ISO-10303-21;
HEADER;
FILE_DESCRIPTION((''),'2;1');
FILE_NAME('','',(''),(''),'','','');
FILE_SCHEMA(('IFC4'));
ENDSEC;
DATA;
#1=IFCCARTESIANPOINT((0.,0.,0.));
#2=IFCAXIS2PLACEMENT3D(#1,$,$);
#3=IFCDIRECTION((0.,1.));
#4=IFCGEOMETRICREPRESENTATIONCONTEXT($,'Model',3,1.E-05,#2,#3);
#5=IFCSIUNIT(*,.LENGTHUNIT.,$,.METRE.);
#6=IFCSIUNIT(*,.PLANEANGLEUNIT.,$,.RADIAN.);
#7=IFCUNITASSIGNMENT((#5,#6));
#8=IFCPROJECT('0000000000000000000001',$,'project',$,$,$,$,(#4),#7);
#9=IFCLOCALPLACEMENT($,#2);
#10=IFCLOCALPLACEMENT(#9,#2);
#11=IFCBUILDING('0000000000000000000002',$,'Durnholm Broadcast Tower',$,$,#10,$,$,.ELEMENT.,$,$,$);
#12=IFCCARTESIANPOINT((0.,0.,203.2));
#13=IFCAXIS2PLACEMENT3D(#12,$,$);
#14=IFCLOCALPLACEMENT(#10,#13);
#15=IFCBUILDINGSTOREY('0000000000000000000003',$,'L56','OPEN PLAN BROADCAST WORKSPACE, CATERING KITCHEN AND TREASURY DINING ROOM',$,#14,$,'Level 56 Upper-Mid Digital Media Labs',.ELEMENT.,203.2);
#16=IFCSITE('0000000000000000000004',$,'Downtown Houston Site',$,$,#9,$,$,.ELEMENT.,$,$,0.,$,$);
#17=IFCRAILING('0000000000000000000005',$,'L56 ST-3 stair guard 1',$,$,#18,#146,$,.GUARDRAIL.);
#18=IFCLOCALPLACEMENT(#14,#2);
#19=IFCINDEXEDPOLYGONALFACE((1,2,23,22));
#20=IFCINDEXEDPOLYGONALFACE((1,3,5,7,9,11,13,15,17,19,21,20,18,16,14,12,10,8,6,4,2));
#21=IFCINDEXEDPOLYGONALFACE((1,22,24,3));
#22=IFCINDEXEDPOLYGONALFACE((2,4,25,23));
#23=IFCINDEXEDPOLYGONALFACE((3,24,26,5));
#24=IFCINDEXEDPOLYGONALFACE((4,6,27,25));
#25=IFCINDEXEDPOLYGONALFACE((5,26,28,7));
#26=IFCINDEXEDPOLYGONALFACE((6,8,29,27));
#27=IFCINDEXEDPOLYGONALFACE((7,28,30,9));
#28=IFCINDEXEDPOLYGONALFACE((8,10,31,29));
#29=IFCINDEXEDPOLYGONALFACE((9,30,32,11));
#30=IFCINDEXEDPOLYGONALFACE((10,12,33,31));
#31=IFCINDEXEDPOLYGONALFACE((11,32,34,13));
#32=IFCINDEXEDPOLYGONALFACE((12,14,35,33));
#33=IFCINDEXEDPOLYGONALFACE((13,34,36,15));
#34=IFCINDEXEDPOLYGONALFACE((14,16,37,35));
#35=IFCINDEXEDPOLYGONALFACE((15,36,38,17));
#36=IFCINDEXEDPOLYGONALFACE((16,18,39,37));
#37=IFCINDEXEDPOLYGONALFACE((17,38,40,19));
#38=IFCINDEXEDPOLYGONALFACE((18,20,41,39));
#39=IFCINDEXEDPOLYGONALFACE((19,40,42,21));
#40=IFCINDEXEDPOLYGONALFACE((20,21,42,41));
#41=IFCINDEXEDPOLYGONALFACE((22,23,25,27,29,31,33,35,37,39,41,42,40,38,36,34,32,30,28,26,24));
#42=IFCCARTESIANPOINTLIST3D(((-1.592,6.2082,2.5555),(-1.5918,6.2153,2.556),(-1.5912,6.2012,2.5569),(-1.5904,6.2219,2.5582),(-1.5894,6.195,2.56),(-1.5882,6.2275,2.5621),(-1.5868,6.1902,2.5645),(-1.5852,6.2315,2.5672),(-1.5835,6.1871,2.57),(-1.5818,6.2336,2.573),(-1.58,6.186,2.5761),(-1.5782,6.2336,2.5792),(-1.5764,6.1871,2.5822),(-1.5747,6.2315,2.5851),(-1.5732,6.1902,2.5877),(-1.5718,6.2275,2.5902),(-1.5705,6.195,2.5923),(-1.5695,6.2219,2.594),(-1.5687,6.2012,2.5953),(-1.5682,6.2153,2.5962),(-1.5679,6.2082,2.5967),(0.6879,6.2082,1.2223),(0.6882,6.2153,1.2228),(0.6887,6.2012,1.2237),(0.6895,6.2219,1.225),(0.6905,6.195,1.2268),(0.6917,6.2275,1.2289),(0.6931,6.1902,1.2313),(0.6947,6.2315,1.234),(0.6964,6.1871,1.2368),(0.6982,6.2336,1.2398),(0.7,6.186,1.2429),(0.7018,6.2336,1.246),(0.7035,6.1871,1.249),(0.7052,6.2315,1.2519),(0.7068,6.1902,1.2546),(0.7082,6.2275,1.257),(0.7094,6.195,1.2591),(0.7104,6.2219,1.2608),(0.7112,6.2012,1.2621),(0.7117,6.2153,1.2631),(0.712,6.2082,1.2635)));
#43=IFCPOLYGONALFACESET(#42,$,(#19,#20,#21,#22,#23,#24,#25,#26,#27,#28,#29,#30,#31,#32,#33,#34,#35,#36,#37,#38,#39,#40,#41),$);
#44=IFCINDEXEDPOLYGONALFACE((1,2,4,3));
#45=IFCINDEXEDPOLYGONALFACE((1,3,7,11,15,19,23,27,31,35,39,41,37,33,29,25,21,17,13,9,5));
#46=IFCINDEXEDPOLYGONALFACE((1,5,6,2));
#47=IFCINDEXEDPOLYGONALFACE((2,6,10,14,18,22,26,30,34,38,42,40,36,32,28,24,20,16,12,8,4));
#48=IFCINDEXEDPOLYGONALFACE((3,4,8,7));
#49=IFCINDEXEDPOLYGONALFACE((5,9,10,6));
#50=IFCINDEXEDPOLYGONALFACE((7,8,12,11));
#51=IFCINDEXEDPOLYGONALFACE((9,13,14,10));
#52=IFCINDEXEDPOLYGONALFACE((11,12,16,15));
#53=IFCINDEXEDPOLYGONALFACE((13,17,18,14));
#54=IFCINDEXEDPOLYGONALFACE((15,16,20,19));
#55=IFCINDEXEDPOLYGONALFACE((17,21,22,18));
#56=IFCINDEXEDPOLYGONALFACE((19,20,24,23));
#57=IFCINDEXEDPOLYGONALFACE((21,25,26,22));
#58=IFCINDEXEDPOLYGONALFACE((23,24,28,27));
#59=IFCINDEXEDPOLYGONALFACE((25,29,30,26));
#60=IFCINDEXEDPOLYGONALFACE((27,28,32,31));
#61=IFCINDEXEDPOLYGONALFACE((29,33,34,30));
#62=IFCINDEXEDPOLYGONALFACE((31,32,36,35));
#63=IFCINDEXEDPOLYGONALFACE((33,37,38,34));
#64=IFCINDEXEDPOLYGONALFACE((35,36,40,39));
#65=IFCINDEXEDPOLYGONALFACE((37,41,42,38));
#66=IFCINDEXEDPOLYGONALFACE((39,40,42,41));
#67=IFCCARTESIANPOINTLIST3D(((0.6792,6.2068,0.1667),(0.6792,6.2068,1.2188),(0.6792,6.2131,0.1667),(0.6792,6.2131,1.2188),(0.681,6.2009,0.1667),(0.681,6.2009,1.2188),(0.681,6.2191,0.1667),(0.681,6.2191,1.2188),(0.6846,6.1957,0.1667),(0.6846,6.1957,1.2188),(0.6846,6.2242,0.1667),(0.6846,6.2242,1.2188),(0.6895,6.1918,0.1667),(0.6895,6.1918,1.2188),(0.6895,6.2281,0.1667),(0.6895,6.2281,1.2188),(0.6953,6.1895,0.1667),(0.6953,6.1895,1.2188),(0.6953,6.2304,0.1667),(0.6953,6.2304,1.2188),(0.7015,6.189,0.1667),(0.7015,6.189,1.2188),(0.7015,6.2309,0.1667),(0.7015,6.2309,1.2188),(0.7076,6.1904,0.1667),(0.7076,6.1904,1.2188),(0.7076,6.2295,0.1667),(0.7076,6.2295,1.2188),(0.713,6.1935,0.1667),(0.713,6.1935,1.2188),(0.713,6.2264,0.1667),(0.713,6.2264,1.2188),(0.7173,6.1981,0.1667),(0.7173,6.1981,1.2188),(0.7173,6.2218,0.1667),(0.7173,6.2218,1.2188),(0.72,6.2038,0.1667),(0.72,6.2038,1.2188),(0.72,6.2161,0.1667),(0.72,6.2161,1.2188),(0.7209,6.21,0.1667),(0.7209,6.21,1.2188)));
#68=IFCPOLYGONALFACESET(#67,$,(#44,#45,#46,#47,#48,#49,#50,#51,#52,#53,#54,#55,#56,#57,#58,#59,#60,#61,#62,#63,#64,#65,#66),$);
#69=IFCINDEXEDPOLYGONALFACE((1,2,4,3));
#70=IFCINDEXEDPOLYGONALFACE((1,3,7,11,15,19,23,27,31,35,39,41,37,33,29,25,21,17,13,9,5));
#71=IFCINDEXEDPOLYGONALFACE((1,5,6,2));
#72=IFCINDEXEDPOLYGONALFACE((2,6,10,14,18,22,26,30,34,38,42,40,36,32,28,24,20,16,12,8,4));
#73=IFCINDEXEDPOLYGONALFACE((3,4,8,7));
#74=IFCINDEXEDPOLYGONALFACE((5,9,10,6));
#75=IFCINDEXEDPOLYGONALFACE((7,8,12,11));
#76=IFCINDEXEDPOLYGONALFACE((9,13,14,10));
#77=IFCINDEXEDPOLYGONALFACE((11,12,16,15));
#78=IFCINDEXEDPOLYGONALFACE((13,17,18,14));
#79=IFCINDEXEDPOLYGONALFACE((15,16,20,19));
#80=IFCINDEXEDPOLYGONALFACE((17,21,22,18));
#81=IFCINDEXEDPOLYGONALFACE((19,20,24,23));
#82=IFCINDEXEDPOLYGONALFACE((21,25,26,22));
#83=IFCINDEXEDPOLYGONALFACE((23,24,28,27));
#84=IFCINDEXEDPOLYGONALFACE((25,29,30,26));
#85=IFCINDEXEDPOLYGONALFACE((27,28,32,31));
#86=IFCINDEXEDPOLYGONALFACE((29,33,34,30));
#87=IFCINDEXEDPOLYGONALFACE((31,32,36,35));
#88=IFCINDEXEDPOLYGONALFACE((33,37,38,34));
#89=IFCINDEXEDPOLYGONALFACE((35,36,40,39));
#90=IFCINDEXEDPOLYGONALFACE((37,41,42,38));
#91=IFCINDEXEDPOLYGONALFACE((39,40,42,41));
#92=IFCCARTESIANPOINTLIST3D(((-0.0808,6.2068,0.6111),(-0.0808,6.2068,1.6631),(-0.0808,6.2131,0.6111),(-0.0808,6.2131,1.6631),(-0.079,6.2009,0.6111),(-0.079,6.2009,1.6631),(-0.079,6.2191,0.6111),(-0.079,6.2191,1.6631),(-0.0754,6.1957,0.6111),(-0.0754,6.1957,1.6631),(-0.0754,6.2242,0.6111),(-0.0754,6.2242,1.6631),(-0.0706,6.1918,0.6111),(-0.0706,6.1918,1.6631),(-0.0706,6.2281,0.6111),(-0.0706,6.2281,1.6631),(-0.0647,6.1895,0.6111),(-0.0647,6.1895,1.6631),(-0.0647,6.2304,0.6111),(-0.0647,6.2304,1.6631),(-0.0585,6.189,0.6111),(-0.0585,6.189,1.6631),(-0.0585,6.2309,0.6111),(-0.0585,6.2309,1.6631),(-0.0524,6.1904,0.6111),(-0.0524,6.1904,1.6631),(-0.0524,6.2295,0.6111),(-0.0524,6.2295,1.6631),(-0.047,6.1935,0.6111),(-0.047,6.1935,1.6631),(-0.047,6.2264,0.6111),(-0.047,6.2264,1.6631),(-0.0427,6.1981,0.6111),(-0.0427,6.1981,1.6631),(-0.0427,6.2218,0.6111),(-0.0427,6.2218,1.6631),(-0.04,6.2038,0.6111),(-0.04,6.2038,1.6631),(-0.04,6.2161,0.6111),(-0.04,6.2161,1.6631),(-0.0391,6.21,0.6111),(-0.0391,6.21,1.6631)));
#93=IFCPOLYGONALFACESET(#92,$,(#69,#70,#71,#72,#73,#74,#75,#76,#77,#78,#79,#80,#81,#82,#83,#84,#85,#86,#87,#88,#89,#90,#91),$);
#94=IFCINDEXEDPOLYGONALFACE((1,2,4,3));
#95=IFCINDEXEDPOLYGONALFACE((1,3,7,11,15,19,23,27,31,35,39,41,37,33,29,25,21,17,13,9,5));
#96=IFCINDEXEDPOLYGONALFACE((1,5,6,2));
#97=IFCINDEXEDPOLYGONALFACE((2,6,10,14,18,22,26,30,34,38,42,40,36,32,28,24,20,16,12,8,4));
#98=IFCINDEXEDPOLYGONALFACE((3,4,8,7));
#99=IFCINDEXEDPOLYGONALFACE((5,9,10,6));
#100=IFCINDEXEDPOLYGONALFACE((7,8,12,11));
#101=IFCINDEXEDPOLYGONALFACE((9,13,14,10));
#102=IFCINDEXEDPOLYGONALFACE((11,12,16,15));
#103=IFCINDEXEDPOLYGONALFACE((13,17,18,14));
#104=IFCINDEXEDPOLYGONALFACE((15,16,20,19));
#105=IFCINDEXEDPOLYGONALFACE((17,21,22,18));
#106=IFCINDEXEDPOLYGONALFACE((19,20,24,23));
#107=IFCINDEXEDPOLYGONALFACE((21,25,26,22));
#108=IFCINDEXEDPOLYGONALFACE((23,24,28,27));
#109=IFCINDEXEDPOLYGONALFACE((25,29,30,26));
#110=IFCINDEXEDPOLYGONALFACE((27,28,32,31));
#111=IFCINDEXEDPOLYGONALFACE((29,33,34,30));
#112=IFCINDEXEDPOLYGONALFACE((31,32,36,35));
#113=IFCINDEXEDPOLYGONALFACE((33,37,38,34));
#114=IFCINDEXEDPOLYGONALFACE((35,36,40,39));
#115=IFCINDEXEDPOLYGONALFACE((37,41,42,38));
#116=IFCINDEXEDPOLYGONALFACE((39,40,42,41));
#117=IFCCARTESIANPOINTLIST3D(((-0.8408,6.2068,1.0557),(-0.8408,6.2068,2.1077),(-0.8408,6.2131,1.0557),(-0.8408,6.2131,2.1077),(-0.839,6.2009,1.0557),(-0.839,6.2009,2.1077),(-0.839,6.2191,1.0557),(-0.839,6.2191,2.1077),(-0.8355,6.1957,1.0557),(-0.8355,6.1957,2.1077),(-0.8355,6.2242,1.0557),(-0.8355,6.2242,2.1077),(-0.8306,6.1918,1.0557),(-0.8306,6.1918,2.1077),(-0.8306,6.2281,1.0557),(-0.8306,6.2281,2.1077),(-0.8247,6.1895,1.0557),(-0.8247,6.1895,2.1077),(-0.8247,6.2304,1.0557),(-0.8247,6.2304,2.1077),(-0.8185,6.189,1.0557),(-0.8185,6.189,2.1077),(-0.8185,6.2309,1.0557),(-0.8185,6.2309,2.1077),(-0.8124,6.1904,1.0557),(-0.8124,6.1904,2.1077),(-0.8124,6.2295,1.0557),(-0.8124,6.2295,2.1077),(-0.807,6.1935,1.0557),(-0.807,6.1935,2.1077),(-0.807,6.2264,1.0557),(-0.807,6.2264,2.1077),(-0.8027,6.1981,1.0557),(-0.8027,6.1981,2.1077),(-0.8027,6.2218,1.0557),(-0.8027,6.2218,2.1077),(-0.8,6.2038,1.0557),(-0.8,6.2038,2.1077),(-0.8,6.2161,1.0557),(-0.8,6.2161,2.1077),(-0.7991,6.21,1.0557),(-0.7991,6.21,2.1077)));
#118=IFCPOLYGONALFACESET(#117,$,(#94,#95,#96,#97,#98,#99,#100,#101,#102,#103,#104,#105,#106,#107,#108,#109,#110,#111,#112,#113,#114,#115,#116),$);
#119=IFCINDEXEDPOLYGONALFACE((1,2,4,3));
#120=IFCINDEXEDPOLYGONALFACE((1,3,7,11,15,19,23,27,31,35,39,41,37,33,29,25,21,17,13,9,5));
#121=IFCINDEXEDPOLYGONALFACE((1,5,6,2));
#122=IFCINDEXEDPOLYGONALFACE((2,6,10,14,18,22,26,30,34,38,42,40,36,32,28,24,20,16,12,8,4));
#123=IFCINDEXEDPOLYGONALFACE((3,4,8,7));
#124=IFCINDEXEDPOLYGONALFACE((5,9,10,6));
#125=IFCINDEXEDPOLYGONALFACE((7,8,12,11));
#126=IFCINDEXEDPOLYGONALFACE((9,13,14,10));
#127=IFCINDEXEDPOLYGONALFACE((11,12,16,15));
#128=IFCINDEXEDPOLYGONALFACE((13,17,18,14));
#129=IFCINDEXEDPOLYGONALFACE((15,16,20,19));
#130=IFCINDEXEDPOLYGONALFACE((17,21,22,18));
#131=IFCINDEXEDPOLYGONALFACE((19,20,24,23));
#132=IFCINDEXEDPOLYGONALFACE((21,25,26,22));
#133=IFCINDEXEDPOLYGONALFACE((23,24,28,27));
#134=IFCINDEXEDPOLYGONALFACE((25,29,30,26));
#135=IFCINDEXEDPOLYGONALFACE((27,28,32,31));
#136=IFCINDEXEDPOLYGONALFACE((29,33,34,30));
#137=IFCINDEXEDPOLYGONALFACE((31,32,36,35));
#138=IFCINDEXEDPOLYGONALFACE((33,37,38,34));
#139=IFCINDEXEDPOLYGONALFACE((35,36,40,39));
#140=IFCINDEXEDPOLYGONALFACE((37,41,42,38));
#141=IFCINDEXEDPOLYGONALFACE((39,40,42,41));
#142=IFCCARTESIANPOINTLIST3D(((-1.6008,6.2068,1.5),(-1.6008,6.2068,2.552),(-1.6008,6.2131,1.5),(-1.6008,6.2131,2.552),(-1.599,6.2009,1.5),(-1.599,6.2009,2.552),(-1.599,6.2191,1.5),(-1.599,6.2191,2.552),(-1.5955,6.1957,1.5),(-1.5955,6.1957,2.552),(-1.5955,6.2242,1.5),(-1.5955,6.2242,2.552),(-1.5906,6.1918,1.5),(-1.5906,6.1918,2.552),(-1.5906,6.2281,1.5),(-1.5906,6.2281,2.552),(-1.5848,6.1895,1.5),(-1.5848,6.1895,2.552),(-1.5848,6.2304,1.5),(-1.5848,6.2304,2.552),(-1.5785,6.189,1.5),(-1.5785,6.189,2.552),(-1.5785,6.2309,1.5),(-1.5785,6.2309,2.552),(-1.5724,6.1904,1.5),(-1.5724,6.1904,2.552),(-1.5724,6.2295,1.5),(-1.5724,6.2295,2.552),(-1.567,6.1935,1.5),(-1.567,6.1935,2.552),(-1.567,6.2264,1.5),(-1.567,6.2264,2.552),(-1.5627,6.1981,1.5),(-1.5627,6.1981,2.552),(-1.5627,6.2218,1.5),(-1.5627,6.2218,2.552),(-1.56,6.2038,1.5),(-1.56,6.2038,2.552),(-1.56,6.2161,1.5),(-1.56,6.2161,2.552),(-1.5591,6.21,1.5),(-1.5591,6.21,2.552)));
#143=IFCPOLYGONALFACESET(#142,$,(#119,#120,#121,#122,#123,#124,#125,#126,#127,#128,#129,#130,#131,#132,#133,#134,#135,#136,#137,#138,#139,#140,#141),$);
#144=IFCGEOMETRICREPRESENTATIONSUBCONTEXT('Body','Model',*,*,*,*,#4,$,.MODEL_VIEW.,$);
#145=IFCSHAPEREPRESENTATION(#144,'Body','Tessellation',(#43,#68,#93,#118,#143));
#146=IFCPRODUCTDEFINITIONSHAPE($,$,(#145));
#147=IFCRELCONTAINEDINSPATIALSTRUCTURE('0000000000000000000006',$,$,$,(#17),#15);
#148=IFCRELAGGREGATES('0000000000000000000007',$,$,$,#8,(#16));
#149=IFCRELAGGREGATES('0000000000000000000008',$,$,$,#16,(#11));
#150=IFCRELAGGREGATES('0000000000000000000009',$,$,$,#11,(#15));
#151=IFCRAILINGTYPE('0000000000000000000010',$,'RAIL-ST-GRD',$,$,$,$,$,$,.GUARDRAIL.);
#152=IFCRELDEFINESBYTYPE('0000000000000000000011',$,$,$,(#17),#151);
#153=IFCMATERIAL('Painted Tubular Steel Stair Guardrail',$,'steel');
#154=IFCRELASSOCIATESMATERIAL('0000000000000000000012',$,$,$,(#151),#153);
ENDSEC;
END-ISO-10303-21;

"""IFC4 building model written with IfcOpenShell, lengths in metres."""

from ifc_helpers import new_model, si_unit, direction, frame, origin, origin_2d, place, context, subcontext, project, spatial, circle, extrude, material, type_object, element, save


model = new_model("IFC4")

# Units and contexts
model_context = context("Model", 3, precision=1e-05, world=origin(), true_north=direction((0.0, 1.0)))
body_context = subcontext(model_context, "Body", "Model", "MODEL_VIEW")
ifc_project = project(units=[si_unit("LENGTHUNIT", "METRE"), si_unit("PLANEANGLEUNIT", "RADIAN")], contexts=[model_context])

# Site, building, storey
site_placement = place(None, origin())
site = spatial("IfcSite", under=ifc_project, at=site_placement, Name="Downtown Houston Site", CompositionType="ELEMENT", RefElevation=0.0)
building_placement = place(site_placement, origin())
building = spatial("IfcBuilding", under=site, at=building_placement, Name="Durnholm Broadcast Tower", CompositionType="ELEMENT")
storey_placement = place(building_placement, frame((0.0, 0.0, 203.2)))
storey = spatial("IfcBuildingStorey", under=building, at=storey_placement, Name="L56", Description="OPEN PLAN BROADCAST WORKSPACE, CATERING KITCHEN AND TREASURY DINING ROOM", LongName="Level 56 Upper-Mid Digital Media Labs", CompositionType="ELEMENT", Elevation=203.2)

# Railing
ifc_material_1 = material(Name="Painted Tubular Steel Stair Guardrail", Category="steel")
railing_type_1 = type_object("IfcRailingType", Name="RAIL-ST-GRD", PredefinedType="GUARDRAIL", material=ifc_material_1)
railing_1_placement = place(storey_placement, frame((0.7, 6.21, 0.1667)))
element("IfcRailing", 1, at=railing_1_placement, inside=storey, type_object=railing_type_1, Name="L56 ST-3 stair guard 1", PredefinedType="GUARDRAIL", context=body_context, shape_type="SweptSolid", body=[
    extrude(circle(Radius=0.0239, at=origin_2d()), frame((0.0, 0.0, 1.0762), z_axis=(-0.863245, 0.0, 0.504785), x_axis=(0.0, -1.0, 0.0)), (0.0, 0.0, 1.0), 2.6411),
    extrude(circle(Radius=0.021, at=origin_2d()), origin(), (0.0, 0.0, 1.0), 1.052),
    extrude(circle(Radius=0.021, at=origin_2d()), frame((-0.76, 0.0, 0.4443)), (0.0, 0.0, 1.0), 1.052),
    extrude(circle(Radius=0.021, at=origin_2d()), frame((-1.52, 0.0, 0.8889)), (0.0, 0.0, 1.0), 1.052),
    extrude(circle(Radius=0.021, at=origin_2d()), frame((-2.28, 0.0, 1.3333)), (0.0, 0.0, 1.0), 1.052),
])

save(model, "model.ifc")
